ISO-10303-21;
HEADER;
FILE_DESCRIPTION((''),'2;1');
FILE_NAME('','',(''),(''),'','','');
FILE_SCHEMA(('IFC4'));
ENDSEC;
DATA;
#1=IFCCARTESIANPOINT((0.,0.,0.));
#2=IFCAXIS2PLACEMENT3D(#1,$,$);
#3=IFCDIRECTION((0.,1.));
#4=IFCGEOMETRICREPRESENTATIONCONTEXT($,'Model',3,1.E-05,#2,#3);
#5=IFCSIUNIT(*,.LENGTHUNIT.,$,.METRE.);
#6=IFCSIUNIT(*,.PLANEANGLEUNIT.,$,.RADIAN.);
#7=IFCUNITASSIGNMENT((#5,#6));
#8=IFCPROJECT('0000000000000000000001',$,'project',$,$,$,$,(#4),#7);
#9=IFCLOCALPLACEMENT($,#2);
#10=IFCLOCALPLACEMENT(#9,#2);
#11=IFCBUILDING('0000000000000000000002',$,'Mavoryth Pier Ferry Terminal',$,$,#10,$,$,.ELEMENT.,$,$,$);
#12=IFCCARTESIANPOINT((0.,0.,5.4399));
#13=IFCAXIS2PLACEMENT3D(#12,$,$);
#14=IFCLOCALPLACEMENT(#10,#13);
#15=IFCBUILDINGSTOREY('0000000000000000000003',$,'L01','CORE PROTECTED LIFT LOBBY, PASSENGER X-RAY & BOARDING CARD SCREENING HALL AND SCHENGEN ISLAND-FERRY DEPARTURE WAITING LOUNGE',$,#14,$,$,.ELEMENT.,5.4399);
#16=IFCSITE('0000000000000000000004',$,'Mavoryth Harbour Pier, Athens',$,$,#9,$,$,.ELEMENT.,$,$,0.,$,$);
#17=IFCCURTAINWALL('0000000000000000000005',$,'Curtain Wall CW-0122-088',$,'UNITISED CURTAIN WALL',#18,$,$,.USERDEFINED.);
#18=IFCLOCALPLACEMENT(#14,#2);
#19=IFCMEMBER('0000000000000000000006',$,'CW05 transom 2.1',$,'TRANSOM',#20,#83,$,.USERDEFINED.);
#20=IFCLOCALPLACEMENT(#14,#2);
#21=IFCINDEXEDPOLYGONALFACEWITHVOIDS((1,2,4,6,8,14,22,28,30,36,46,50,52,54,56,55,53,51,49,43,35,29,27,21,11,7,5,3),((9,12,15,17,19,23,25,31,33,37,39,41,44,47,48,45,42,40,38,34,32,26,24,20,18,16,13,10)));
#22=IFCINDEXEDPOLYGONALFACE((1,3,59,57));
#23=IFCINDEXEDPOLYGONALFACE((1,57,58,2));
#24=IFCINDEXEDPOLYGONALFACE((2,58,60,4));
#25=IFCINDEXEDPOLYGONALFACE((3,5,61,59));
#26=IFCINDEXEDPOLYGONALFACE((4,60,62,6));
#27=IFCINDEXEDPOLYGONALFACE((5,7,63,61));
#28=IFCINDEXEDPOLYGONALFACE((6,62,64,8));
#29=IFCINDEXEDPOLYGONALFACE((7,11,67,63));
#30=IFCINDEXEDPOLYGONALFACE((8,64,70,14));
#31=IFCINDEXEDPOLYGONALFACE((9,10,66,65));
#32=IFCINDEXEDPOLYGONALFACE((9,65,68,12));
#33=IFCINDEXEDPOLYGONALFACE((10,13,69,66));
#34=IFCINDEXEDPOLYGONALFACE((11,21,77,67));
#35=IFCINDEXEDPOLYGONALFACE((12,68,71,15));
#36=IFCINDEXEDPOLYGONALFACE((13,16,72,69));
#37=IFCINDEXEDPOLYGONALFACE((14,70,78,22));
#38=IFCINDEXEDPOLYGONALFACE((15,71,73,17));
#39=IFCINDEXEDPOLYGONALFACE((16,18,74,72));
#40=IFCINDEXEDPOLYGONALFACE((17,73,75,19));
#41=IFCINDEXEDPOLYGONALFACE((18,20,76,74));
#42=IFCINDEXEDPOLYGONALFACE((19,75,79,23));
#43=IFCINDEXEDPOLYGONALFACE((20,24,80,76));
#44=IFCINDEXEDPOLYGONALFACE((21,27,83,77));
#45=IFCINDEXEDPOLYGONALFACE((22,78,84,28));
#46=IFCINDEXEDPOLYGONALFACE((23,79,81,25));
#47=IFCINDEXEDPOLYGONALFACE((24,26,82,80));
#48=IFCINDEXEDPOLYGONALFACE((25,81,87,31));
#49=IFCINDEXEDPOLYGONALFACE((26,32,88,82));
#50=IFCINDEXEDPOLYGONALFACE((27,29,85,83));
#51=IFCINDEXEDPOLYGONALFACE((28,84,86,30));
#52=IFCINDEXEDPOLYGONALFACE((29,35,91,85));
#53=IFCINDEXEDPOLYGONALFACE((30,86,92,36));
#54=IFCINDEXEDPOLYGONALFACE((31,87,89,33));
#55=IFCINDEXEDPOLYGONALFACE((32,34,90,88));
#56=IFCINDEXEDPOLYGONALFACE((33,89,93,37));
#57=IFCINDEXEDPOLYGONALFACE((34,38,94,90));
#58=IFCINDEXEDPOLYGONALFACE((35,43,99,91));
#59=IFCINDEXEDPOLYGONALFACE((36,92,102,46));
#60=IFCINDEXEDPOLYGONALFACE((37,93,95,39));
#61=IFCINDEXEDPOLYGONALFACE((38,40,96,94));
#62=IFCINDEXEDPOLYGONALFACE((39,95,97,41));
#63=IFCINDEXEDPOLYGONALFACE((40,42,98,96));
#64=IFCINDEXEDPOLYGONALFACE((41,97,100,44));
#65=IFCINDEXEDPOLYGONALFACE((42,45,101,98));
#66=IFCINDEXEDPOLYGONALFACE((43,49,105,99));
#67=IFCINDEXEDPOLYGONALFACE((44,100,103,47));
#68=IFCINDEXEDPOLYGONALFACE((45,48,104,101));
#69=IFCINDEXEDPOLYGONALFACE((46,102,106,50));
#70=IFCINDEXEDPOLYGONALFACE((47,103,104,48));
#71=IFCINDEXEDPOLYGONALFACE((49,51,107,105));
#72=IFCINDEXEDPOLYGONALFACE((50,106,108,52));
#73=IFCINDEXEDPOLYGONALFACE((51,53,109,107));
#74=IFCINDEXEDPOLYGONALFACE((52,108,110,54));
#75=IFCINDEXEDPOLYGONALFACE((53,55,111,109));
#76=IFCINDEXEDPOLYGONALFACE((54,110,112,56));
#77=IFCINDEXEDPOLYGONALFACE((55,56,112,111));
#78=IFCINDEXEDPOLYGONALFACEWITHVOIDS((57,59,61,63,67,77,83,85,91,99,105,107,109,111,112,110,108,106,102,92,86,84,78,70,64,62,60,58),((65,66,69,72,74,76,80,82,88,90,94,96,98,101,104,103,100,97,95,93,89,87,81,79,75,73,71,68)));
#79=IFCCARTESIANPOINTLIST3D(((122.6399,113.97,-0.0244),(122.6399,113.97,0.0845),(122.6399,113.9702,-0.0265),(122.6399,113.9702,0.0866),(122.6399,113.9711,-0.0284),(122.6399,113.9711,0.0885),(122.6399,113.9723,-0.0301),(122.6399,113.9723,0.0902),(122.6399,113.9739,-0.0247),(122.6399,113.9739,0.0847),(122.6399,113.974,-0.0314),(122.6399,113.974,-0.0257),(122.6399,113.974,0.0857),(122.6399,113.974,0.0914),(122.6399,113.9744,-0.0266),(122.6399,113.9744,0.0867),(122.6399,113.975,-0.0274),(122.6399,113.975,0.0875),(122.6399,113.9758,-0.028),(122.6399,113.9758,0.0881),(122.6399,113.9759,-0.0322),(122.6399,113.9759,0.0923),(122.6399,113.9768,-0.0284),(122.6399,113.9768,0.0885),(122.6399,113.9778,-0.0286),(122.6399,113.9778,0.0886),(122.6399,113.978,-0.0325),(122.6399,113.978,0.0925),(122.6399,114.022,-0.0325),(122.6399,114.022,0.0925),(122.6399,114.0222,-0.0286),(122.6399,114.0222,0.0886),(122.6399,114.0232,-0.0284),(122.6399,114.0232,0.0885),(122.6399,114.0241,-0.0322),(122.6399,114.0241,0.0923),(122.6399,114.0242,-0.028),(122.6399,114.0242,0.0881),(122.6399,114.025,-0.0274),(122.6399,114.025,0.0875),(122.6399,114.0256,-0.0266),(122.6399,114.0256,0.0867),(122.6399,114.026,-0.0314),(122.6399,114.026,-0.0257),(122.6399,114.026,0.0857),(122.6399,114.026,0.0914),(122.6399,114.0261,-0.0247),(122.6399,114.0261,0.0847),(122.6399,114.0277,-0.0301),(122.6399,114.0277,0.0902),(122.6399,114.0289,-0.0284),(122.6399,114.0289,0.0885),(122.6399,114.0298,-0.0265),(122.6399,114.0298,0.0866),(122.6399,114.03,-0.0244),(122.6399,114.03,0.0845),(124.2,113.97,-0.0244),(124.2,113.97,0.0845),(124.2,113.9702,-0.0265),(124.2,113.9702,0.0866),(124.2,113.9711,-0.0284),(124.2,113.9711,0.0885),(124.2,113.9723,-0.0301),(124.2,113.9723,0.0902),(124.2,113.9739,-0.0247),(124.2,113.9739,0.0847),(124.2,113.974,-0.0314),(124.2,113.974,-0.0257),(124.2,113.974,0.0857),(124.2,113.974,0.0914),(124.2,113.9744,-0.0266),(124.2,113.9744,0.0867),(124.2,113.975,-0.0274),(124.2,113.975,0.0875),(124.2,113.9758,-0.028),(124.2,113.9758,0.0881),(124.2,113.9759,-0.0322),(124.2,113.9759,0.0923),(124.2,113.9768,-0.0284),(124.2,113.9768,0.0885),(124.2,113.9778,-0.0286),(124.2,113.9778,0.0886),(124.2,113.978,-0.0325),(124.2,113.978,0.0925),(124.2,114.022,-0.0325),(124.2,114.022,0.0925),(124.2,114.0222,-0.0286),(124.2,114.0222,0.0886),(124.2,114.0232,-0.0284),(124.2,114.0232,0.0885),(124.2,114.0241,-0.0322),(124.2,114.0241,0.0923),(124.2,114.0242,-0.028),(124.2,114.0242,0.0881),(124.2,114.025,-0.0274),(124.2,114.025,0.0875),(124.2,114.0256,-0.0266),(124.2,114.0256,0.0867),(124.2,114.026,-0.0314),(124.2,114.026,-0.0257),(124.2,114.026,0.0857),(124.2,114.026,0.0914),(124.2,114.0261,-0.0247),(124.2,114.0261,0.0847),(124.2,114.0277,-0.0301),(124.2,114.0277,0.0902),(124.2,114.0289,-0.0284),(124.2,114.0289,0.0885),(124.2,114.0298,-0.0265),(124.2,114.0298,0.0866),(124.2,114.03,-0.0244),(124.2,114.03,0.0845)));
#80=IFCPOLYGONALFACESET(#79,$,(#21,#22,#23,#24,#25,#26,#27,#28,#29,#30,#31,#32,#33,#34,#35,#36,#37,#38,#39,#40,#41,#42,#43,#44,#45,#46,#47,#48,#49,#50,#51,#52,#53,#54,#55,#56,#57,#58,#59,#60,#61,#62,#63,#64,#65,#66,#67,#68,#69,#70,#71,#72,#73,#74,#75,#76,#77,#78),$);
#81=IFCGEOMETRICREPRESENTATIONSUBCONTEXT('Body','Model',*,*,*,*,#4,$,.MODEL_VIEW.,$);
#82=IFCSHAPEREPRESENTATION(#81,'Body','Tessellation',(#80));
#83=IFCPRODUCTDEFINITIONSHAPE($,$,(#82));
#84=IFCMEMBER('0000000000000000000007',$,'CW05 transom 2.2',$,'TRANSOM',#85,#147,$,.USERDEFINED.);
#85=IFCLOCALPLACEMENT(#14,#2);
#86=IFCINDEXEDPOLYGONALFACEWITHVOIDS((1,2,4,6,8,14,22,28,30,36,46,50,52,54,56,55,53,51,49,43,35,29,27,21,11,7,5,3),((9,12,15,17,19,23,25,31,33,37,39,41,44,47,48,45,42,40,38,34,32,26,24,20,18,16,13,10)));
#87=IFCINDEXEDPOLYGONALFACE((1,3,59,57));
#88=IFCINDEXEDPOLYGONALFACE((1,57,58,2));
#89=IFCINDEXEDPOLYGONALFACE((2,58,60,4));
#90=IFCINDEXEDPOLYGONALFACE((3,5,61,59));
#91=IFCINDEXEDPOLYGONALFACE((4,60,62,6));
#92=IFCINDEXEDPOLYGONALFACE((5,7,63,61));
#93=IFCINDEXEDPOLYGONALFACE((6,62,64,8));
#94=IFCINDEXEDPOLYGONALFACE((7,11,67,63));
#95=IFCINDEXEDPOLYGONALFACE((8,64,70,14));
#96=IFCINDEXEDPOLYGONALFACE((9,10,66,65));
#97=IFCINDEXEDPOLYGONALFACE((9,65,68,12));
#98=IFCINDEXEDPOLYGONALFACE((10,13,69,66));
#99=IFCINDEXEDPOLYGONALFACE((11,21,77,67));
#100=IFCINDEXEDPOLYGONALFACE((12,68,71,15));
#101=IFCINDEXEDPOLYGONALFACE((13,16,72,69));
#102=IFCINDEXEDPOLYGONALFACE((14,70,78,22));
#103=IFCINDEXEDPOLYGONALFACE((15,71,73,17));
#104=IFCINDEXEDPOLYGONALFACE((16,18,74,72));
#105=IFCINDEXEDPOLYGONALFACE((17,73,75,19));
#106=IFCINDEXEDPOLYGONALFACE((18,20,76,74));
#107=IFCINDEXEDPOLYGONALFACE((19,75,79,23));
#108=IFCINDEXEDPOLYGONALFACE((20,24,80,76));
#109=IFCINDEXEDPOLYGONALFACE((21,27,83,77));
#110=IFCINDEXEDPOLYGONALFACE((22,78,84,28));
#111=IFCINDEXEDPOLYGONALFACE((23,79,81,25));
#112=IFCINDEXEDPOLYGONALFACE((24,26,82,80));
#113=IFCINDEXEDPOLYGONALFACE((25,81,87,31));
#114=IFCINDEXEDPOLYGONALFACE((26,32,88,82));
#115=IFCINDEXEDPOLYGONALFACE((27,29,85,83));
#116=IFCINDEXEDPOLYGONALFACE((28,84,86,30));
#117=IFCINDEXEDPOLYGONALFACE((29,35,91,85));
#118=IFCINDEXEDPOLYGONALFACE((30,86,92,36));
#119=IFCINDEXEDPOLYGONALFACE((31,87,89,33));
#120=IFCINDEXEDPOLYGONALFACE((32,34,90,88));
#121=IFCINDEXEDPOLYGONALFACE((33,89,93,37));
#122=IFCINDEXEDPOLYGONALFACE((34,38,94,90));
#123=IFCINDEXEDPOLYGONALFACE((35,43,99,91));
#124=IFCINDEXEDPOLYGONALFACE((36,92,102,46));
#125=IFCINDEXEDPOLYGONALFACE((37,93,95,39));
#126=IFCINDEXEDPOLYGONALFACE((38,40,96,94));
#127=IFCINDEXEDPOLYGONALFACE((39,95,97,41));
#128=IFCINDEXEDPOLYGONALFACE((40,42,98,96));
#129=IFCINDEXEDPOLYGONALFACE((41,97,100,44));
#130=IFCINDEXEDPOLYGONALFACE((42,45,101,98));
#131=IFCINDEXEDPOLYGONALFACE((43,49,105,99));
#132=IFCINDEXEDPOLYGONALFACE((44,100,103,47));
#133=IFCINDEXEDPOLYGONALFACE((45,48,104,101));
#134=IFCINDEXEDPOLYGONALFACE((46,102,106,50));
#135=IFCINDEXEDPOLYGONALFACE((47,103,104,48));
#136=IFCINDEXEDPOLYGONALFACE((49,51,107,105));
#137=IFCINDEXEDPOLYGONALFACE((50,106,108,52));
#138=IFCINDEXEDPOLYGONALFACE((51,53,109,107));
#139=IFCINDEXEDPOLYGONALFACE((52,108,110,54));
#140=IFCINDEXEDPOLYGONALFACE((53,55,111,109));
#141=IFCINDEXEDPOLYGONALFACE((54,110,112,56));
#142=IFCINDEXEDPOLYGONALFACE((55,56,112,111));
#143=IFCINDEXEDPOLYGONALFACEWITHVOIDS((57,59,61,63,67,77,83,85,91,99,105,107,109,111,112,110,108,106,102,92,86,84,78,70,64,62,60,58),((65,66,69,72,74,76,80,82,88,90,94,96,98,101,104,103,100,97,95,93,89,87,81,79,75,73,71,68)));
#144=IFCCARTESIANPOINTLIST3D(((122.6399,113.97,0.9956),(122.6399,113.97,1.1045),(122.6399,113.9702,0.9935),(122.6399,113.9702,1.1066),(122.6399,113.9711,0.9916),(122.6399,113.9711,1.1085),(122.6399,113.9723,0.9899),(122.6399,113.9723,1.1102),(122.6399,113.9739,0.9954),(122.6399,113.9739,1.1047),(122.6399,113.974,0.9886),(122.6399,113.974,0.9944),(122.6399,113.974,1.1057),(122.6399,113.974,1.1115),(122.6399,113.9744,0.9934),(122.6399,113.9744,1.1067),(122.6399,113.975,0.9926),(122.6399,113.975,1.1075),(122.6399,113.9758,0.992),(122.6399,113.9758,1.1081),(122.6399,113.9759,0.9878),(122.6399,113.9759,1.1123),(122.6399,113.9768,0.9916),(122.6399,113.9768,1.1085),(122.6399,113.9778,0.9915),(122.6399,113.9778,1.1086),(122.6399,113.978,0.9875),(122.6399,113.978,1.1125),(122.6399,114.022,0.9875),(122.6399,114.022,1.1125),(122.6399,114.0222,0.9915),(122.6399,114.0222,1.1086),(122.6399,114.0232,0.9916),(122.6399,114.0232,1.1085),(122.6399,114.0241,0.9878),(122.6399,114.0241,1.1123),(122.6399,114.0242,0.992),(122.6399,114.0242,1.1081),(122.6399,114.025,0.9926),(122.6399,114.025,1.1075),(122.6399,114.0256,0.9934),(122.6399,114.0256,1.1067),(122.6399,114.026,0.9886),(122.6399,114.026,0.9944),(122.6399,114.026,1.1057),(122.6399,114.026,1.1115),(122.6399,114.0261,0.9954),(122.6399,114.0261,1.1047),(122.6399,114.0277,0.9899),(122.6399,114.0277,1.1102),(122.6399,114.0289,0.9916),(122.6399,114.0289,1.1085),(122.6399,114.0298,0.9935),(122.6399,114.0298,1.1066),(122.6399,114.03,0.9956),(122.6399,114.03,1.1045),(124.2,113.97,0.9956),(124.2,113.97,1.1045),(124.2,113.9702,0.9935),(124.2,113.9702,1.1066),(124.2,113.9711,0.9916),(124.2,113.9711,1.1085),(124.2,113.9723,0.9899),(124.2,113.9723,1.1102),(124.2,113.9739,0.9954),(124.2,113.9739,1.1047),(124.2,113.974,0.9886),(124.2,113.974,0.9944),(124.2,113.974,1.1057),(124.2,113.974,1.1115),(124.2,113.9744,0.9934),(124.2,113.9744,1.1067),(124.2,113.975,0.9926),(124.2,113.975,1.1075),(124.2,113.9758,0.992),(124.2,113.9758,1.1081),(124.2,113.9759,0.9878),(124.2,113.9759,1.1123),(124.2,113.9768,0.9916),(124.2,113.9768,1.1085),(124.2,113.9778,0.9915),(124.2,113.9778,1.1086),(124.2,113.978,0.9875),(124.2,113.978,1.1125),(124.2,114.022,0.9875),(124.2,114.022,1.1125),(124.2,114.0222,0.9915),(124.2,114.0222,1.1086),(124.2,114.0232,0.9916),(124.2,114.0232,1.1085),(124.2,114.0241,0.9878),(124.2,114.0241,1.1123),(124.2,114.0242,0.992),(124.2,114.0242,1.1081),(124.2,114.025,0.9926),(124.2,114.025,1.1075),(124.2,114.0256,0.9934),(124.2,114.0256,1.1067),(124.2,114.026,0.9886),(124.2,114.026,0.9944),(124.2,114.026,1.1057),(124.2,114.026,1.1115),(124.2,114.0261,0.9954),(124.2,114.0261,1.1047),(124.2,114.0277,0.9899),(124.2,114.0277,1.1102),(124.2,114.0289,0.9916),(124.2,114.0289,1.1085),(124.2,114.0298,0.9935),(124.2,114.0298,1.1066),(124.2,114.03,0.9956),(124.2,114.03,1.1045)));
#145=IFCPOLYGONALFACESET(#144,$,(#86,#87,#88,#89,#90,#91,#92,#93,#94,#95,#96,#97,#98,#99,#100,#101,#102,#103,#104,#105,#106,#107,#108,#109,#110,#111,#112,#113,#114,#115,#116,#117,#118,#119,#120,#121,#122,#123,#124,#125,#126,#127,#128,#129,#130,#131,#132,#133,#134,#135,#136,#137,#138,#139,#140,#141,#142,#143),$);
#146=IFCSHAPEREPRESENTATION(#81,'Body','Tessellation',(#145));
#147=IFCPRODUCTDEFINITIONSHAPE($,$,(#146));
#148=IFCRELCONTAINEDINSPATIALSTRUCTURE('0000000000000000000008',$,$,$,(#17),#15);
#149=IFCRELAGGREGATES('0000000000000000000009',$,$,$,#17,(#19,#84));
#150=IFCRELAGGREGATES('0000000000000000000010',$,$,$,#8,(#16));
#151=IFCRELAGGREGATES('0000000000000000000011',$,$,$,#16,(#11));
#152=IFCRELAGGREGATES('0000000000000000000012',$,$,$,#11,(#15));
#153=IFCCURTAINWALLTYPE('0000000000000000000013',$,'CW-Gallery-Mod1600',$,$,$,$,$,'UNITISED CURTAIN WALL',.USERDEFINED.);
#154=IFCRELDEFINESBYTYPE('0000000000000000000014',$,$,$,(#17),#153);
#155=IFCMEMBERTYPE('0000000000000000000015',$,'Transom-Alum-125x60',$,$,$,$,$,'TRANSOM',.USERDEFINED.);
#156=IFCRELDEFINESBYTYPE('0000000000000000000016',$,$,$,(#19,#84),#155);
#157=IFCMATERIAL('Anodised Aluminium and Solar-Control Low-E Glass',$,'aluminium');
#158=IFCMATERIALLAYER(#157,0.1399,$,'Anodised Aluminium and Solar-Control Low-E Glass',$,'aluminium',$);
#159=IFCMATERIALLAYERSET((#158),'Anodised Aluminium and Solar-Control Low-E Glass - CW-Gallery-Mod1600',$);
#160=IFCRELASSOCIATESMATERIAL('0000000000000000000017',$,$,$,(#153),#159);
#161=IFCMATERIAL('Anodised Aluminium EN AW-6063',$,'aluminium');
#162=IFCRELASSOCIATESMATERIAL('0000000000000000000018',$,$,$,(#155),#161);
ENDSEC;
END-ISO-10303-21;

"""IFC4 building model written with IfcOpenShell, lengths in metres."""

from ifc_helpers import new_model, si_unit, direction, frame, origin, origin_2d, place, context, subcontext, project, spatial, hollow_rectangle, extrude, material, layer, layer_set, material_profile, profile_set, type_object, element, aggregate, save


model = new_model("IFC4")

# Units and contexts
model_context = context("Model", 3, precision=1e-05, world=origin(), true_north=direction((0.0, 1.0)))
body_context = subcontext(model_context, "Body", "Model", "MODEL_VIEW")
ifc_project = project(units=[si_unit("LENGTHUNIT", "METRE"), si_unit("PLANEANGLEUNIT", "RADIAN")], contexts=[model_context])

# Site, building, storey
site_placement = place(None, origin())
site = spatial("IfcSite", under=ifc_project, at=site_placement, Name="Mavoryth Harbour Pier, Athens", CompositionType="ELEMENT", RefElevation=0.0)
building_placement = place(site_placement, origin())
building = spatial("IfcBuilding", under=site, at=building_placement, Name="Mavoryth Pier Ferry Terminal", CompositionType="ELEMENT")
storey_placement = place(building_placement, frame((0.0, 0.0, 5.4399)))
storey = spatial("IfcBuildingStorey", under=building, at=storey_placement, Name="L01", Description="CORE PROTECTED LIFT LOBBY, PASSENGER X-RAY & BOARDING CARD SCREENING HALL AND SCHENGEN ISLAND-FERRY DEPARTURE WAITING LOUNGE", CompositionType="ELEMENT", Elevation=5.4399)

# Curtain wall, members
ifc_material_1 = material(Name="Anodised Aluminium and Solar-Control Low-E Glass", Category="aluminium")
ifc_layer_1 = layer(ifc_material_1, 0.1399, Name="Anodised Aluminium and Solar-Control Low-E Glass", Category="aluminium")
ifc_layer_set_1 = layer_set([ifc_layer_1], Name="Anodised Aluminium and Solar-Control Low-E Glass - CW-Gallery-Mod1600")
curtain_wall_type = type_object("IfcCurtainWallType", Name="CW-Gallery-Mod1600", ElementType="UNITISED CURTAIN WALL", PredefinedType="USERDEFINED", material=ifc_layer_set_1)
curtain_wall_placement = place(storey_placement, origin())
curtain_wall = element("IfcCurtainWall", 1, at=curtain_wall_placement, inside=storey, type_object=curtain_wall_type, Name="Curtain Wall CW-0122-088", ObjectType="UNITISED CURTAIN WALL", PredefinedType="USERDEFINED")
ifc_material_2 = material(Name="Anodised Aluminium EN AW-6063", Category="aluminium")
ifc_material_profile_1 = material_profile(ifc_material_2, hollow_rectangle(XDim=0.0601, YDim=0.125, WallThickness=0.0039, InnerFilletRadius=0.0039, OuterFilletRadius=0.0081, at=origin_2d()), Name="AL-TRAN 125x60x4", Category="aluminium")
ifc_profile_set_1 = profile_set([ifc_material_profile_1], Name="Anodised Aluminium EN AW-6063 - AL-TRAN 125x60x4")
member_type_1 = type_object("IfcMemberType", Name="Transom-Alum-125x60", ElementType="TRANSOM", PredefinedType="USERDEFINED", material=ifc_profile_set_1)
member_1_placement = place(storey_placement, frame((124.2, 114.0, 0.03), z_axis=(-1.0, 0.0, 0.0), x_axis=(0.0, -1.0, 0.0)))
member_1 = element("IfcMember", 2, at=member_1_placement, type_object=member_type_1, Name="CW05 transom 2.1", ObjectType="TRANSOM", PredefinedType="USERDEFINED", context=body_context, shape_type="SweptSolid", body=[
    extrude(hollow_rectangle(XDim=0.0601, YDim=0.125, WallThickness=0.0039, InnerFilletRadius=0.0039, OuterFilletRadius=0.0081, at=origin_2d()), origin(), (0.0, 0.0, 1.0), 1.5601),
])
member_2_placement = place(storey_placement, frame((124.2, 114.0, 1.05), z_axis=(-1.0, 0.0, 0.0), x_axis=(0.0, -1.0, 0.0)))
member_2 = element("IfcMember", 3, at=member_2_placement, type_object=member_type_1, Name="CW05 transom 2.2", ObjectType="TRANSOM", PredefinedType="USERDEFINED", context=body_context, shape_type="SweptSolid", body=[
    extrude(hollow_rectangle(XDim=0.0601, YDim=0.125, WallThickness=0.0039, InnerFilletRadius=0.0039, OuterFilletRadius=0.0081, at=origin_2d()), origin(), (0.0, 0.0, 1.0), 1.5601),
])
aggregate(curtain_wall, [member_1, member_2])

save(model, "model.ifc")
